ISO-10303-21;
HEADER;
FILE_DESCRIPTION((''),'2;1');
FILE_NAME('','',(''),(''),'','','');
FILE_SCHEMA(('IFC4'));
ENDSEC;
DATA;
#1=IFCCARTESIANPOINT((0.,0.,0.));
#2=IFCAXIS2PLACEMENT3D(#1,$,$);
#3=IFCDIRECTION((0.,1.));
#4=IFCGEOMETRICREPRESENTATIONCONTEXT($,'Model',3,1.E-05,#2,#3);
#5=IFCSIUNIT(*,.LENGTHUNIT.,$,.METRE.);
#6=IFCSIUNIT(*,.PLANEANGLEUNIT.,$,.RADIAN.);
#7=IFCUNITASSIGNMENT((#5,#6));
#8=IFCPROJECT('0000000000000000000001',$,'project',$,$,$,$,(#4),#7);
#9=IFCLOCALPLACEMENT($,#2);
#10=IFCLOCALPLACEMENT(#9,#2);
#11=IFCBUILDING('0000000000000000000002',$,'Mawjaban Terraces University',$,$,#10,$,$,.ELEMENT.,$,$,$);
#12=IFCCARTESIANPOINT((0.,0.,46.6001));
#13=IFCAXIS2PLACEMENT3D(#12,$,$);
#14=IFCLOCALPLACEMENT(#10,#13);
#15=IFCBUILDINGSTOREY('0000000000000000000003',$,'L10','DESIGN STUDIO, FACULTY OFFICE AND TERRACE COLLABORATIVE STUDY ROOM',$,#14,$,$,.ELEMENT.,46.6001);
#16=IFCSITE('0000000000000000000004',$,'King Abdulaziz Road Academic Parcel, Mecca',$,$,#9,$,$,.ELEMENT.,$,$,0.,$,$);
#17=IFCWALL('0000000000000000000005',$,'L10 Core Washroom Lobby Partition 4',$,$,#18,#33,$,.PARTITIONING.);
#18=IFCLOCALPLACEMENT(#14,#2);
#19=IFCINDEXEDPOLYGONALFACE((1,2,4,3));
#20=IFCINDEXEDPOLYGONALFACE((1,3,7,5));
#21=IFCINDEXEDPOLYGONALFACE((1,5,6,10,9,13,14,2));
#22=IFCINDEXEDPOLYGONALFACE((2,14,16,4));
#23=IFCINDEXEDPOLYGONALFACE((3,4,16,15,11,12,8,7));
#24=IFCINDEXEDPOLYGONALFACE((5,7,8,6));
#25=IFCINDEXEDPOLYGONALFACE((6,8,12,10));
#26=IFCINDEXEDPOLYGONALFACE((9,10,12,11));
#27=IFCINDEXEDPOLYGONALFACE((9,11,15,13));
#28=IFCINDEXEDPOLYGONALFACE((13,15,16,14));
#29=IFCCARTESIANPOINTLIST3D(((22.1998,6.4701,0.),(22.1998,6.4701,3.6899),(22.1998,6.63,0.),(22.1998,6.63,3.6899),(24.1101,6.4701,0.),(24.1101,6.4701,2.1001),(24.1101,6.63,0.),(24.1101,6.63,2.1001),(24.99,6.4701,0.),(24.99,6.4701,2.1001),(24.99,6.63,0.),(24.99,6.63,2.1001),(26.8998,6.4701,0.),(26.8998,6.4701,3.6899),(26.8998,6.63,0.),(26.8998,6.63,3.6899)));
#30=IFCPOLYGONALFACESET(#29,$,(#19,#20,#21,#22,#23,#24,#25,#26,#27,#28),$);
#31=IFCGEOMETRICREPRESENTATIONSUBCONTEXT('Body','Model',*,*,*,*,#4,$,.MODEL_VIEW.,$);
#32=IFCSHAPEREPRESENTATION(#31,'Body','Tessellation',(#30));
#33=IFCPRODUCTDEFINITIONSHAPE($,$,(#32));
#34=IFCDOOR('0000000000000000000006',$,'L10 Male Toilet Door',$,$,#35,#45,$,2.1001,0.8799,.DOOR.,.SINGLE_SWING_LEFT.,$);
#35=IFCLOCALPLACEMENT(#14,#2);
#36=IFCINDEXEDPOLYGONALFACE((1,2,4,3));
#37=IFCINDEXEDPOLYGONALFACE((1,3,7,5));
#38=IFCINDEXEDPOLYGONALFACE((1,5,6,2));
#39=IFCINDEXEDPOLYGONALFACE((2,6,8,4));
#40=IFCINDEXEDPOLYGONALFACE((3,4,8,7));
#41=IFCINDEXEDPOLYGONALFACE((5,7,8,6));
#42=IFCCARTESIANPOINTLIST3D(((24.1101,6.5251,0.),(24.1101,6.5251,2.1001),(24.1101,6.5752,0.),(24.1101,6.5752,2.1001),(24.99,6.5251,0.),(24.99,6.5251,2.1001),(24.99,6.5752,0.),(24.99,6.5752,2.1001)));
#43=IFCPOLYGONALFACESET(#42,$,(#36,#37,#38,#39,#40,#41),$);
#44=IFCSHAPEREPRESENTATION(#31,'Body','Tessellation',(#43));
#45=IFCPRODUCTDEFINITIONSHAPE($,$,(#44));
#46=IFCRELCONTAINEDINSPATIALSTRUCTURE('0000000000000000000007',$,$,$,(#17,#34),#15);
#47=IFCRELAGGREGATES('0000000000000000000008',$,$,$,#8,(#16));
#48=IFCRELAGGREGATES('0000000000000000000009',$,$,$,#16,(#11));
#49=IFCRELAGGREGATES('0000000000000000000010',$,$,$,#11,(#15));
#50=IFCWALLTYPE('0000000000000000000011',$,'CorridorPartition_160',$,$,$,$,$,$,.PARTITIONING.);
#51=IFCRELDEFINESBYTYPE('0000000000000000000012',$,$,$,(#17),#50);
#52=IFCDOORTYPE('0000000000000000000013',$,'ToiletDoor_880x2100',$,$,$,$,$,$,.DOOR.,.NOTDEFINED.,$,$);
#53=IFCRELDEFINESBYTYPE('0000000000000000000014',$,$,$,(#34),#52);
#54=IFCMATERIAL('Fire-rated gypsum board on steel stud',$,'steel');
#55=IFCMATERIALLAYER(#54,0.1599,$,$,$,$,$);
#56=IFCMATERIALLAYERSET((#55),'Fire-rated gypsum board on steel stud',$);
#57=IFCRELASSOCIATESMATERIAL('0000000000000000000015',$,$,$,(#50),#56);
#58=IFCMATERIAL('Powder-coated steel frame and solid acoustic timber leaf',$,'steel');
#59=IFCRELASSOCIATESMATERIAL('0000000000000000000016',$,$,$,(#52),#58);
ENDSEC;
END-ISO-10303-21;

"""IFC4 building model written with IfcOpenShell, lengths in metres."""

from ifc_helpers import new_model, si_unit, direction, frame, frame_2d, origin, place, context, subcontext, project, spatial, rectangle, extrude, material, layer, layer_set, type_object, element, fill, save


model = new_model("IFC4")

# Units and contexts
model_context = context("Model", 3, precision=1e-05, world=origin(), true_north=direction((0.0, 1.0)))
body_context = subcontext(model_context, "Body", "Model", "MODEL_VIEW")
ifc_project = project(units=[si_unit("LENGTHUNIT", "METRE"), si_unit("PLANEANGLEUNIT", "RADIAN")], contexts=[model_context])

# Site, building, storey
site_placement = place(None, origin())
site = spatial("IfcSite", under=ifc_project, at=site_placement, Name="King Abdulaziz Road Academic Parcel, Mecca", CompositionType="ELEMENT", RefElevation=0.0)
building_placement = place(site_placement, origin())
building = spatial("IfcBuilding", under=site, at=building_placement, Name="Mawjaban Terraces University", CompositionType="ELEMENT")
storey_placement = place(building_placement, frame((0.0, 0.0, 46.6001)))
storey = spatial("IfcBuildingStorey", under=building, at=storey_placement, Name="L10", Description="DESIGN STUDIO, FACULTY OFFICE AND TERRACE COLLABORATIVE STUDY ROOM", CompositionType="ELEMENT", Elevation=46.6001)

# Wall, opening, door
ifc_material_1 = material(Name="Fire-rated gypsum board on steel stud", Category="steel")
ifc_layer_1 = layer(ifc_material_1, 0.1599)
ifc_layer_set_1 = layer_set([ifc_layer_1], Name="Fire-rated gypsum board on steel stud")
wall_type_1 = type_object("IfcWallType", Name="CorridorPartition_160", PredefinedType="PARTITIONING", material=ifc_layer_set_1)
wall_1_placement = place(storey_placement, frame((26.8999, 6.55, 0.0), z_axis=(0.0, 0.0, 1.0), x_axis=(-1.0, 0.0, 0.0)))
wall_1 = element("IfcWall", 1, at=wall_1_placement, inside=storey, type_object=wall_type_1, Name="L10 Core Washroom Lobby Partition 4", PredefinedType="PARTITIONING", context=body_context, shape_type="SweptSolid", body=[
    extrude(rectangle(XDim=4.7, YDim=0.1599, at=frame_2d((2.3501, 0.0))), origin(), (0.0, 0.0, 1.0), 3.6899),
])
opening_1_placement = place(wall_1_placement, frame((1.9099, 0.0, 0.0)))
opening_1 = element("IfcOpeningElement", 2, at=opening_1_placement, cuts=wall_1, PredefinedType="OPENING", context=body_context, shape_type="SweptSolid", body=[
    extrude(rectangle(XDim=0.8799, YDim=2.1001, at=frame_2d((0.4399, 1.05))), frame((0.0, 0.0898, 0.0), z_axis=(0.0, -1.0, 0.0), x_axis=(1.0, 0.0, 0.0)), (0.0, 0.0, 1.0), 0.1799),
])
ifc_material_2 = material(Name="Powder-coated steel frame and solid acoustic timber leaf", Category="steel")
door_type = type_object("IfcDoorType", Name="ToiletDoor_880x2100", OperationType="NOTDEFINED", PredefinedType="DOOR", material=ifc_material_2)
door_placement = place(opening_1_placement, origin())
door = element("IfcDoor", 3, at=door_placement, inside=storey, type_object=door_type, Name="L10 Male Toilet Door", OperationType="SINGLE_SWING_LEFT", OverallHeight=2.1001, OverallWidth=0.8799, PredefinedType="DOOR", context=body_context, shape_type="SweptSolid", body=[
    extrude(rectangle(XDim=0.8799, YDim=2.1001, at=frame_2d((0.4399, 1.05))), frame((0.0, 0.0249, 0.0), z_axis=(0.0, -1.0, 0.0), x_axis=(1.0, 0.0, 0.0)), (0.0, 0.0, 1.0), 0.05),
])
fill(opening_1, door)

save(model, "model.ifc")
